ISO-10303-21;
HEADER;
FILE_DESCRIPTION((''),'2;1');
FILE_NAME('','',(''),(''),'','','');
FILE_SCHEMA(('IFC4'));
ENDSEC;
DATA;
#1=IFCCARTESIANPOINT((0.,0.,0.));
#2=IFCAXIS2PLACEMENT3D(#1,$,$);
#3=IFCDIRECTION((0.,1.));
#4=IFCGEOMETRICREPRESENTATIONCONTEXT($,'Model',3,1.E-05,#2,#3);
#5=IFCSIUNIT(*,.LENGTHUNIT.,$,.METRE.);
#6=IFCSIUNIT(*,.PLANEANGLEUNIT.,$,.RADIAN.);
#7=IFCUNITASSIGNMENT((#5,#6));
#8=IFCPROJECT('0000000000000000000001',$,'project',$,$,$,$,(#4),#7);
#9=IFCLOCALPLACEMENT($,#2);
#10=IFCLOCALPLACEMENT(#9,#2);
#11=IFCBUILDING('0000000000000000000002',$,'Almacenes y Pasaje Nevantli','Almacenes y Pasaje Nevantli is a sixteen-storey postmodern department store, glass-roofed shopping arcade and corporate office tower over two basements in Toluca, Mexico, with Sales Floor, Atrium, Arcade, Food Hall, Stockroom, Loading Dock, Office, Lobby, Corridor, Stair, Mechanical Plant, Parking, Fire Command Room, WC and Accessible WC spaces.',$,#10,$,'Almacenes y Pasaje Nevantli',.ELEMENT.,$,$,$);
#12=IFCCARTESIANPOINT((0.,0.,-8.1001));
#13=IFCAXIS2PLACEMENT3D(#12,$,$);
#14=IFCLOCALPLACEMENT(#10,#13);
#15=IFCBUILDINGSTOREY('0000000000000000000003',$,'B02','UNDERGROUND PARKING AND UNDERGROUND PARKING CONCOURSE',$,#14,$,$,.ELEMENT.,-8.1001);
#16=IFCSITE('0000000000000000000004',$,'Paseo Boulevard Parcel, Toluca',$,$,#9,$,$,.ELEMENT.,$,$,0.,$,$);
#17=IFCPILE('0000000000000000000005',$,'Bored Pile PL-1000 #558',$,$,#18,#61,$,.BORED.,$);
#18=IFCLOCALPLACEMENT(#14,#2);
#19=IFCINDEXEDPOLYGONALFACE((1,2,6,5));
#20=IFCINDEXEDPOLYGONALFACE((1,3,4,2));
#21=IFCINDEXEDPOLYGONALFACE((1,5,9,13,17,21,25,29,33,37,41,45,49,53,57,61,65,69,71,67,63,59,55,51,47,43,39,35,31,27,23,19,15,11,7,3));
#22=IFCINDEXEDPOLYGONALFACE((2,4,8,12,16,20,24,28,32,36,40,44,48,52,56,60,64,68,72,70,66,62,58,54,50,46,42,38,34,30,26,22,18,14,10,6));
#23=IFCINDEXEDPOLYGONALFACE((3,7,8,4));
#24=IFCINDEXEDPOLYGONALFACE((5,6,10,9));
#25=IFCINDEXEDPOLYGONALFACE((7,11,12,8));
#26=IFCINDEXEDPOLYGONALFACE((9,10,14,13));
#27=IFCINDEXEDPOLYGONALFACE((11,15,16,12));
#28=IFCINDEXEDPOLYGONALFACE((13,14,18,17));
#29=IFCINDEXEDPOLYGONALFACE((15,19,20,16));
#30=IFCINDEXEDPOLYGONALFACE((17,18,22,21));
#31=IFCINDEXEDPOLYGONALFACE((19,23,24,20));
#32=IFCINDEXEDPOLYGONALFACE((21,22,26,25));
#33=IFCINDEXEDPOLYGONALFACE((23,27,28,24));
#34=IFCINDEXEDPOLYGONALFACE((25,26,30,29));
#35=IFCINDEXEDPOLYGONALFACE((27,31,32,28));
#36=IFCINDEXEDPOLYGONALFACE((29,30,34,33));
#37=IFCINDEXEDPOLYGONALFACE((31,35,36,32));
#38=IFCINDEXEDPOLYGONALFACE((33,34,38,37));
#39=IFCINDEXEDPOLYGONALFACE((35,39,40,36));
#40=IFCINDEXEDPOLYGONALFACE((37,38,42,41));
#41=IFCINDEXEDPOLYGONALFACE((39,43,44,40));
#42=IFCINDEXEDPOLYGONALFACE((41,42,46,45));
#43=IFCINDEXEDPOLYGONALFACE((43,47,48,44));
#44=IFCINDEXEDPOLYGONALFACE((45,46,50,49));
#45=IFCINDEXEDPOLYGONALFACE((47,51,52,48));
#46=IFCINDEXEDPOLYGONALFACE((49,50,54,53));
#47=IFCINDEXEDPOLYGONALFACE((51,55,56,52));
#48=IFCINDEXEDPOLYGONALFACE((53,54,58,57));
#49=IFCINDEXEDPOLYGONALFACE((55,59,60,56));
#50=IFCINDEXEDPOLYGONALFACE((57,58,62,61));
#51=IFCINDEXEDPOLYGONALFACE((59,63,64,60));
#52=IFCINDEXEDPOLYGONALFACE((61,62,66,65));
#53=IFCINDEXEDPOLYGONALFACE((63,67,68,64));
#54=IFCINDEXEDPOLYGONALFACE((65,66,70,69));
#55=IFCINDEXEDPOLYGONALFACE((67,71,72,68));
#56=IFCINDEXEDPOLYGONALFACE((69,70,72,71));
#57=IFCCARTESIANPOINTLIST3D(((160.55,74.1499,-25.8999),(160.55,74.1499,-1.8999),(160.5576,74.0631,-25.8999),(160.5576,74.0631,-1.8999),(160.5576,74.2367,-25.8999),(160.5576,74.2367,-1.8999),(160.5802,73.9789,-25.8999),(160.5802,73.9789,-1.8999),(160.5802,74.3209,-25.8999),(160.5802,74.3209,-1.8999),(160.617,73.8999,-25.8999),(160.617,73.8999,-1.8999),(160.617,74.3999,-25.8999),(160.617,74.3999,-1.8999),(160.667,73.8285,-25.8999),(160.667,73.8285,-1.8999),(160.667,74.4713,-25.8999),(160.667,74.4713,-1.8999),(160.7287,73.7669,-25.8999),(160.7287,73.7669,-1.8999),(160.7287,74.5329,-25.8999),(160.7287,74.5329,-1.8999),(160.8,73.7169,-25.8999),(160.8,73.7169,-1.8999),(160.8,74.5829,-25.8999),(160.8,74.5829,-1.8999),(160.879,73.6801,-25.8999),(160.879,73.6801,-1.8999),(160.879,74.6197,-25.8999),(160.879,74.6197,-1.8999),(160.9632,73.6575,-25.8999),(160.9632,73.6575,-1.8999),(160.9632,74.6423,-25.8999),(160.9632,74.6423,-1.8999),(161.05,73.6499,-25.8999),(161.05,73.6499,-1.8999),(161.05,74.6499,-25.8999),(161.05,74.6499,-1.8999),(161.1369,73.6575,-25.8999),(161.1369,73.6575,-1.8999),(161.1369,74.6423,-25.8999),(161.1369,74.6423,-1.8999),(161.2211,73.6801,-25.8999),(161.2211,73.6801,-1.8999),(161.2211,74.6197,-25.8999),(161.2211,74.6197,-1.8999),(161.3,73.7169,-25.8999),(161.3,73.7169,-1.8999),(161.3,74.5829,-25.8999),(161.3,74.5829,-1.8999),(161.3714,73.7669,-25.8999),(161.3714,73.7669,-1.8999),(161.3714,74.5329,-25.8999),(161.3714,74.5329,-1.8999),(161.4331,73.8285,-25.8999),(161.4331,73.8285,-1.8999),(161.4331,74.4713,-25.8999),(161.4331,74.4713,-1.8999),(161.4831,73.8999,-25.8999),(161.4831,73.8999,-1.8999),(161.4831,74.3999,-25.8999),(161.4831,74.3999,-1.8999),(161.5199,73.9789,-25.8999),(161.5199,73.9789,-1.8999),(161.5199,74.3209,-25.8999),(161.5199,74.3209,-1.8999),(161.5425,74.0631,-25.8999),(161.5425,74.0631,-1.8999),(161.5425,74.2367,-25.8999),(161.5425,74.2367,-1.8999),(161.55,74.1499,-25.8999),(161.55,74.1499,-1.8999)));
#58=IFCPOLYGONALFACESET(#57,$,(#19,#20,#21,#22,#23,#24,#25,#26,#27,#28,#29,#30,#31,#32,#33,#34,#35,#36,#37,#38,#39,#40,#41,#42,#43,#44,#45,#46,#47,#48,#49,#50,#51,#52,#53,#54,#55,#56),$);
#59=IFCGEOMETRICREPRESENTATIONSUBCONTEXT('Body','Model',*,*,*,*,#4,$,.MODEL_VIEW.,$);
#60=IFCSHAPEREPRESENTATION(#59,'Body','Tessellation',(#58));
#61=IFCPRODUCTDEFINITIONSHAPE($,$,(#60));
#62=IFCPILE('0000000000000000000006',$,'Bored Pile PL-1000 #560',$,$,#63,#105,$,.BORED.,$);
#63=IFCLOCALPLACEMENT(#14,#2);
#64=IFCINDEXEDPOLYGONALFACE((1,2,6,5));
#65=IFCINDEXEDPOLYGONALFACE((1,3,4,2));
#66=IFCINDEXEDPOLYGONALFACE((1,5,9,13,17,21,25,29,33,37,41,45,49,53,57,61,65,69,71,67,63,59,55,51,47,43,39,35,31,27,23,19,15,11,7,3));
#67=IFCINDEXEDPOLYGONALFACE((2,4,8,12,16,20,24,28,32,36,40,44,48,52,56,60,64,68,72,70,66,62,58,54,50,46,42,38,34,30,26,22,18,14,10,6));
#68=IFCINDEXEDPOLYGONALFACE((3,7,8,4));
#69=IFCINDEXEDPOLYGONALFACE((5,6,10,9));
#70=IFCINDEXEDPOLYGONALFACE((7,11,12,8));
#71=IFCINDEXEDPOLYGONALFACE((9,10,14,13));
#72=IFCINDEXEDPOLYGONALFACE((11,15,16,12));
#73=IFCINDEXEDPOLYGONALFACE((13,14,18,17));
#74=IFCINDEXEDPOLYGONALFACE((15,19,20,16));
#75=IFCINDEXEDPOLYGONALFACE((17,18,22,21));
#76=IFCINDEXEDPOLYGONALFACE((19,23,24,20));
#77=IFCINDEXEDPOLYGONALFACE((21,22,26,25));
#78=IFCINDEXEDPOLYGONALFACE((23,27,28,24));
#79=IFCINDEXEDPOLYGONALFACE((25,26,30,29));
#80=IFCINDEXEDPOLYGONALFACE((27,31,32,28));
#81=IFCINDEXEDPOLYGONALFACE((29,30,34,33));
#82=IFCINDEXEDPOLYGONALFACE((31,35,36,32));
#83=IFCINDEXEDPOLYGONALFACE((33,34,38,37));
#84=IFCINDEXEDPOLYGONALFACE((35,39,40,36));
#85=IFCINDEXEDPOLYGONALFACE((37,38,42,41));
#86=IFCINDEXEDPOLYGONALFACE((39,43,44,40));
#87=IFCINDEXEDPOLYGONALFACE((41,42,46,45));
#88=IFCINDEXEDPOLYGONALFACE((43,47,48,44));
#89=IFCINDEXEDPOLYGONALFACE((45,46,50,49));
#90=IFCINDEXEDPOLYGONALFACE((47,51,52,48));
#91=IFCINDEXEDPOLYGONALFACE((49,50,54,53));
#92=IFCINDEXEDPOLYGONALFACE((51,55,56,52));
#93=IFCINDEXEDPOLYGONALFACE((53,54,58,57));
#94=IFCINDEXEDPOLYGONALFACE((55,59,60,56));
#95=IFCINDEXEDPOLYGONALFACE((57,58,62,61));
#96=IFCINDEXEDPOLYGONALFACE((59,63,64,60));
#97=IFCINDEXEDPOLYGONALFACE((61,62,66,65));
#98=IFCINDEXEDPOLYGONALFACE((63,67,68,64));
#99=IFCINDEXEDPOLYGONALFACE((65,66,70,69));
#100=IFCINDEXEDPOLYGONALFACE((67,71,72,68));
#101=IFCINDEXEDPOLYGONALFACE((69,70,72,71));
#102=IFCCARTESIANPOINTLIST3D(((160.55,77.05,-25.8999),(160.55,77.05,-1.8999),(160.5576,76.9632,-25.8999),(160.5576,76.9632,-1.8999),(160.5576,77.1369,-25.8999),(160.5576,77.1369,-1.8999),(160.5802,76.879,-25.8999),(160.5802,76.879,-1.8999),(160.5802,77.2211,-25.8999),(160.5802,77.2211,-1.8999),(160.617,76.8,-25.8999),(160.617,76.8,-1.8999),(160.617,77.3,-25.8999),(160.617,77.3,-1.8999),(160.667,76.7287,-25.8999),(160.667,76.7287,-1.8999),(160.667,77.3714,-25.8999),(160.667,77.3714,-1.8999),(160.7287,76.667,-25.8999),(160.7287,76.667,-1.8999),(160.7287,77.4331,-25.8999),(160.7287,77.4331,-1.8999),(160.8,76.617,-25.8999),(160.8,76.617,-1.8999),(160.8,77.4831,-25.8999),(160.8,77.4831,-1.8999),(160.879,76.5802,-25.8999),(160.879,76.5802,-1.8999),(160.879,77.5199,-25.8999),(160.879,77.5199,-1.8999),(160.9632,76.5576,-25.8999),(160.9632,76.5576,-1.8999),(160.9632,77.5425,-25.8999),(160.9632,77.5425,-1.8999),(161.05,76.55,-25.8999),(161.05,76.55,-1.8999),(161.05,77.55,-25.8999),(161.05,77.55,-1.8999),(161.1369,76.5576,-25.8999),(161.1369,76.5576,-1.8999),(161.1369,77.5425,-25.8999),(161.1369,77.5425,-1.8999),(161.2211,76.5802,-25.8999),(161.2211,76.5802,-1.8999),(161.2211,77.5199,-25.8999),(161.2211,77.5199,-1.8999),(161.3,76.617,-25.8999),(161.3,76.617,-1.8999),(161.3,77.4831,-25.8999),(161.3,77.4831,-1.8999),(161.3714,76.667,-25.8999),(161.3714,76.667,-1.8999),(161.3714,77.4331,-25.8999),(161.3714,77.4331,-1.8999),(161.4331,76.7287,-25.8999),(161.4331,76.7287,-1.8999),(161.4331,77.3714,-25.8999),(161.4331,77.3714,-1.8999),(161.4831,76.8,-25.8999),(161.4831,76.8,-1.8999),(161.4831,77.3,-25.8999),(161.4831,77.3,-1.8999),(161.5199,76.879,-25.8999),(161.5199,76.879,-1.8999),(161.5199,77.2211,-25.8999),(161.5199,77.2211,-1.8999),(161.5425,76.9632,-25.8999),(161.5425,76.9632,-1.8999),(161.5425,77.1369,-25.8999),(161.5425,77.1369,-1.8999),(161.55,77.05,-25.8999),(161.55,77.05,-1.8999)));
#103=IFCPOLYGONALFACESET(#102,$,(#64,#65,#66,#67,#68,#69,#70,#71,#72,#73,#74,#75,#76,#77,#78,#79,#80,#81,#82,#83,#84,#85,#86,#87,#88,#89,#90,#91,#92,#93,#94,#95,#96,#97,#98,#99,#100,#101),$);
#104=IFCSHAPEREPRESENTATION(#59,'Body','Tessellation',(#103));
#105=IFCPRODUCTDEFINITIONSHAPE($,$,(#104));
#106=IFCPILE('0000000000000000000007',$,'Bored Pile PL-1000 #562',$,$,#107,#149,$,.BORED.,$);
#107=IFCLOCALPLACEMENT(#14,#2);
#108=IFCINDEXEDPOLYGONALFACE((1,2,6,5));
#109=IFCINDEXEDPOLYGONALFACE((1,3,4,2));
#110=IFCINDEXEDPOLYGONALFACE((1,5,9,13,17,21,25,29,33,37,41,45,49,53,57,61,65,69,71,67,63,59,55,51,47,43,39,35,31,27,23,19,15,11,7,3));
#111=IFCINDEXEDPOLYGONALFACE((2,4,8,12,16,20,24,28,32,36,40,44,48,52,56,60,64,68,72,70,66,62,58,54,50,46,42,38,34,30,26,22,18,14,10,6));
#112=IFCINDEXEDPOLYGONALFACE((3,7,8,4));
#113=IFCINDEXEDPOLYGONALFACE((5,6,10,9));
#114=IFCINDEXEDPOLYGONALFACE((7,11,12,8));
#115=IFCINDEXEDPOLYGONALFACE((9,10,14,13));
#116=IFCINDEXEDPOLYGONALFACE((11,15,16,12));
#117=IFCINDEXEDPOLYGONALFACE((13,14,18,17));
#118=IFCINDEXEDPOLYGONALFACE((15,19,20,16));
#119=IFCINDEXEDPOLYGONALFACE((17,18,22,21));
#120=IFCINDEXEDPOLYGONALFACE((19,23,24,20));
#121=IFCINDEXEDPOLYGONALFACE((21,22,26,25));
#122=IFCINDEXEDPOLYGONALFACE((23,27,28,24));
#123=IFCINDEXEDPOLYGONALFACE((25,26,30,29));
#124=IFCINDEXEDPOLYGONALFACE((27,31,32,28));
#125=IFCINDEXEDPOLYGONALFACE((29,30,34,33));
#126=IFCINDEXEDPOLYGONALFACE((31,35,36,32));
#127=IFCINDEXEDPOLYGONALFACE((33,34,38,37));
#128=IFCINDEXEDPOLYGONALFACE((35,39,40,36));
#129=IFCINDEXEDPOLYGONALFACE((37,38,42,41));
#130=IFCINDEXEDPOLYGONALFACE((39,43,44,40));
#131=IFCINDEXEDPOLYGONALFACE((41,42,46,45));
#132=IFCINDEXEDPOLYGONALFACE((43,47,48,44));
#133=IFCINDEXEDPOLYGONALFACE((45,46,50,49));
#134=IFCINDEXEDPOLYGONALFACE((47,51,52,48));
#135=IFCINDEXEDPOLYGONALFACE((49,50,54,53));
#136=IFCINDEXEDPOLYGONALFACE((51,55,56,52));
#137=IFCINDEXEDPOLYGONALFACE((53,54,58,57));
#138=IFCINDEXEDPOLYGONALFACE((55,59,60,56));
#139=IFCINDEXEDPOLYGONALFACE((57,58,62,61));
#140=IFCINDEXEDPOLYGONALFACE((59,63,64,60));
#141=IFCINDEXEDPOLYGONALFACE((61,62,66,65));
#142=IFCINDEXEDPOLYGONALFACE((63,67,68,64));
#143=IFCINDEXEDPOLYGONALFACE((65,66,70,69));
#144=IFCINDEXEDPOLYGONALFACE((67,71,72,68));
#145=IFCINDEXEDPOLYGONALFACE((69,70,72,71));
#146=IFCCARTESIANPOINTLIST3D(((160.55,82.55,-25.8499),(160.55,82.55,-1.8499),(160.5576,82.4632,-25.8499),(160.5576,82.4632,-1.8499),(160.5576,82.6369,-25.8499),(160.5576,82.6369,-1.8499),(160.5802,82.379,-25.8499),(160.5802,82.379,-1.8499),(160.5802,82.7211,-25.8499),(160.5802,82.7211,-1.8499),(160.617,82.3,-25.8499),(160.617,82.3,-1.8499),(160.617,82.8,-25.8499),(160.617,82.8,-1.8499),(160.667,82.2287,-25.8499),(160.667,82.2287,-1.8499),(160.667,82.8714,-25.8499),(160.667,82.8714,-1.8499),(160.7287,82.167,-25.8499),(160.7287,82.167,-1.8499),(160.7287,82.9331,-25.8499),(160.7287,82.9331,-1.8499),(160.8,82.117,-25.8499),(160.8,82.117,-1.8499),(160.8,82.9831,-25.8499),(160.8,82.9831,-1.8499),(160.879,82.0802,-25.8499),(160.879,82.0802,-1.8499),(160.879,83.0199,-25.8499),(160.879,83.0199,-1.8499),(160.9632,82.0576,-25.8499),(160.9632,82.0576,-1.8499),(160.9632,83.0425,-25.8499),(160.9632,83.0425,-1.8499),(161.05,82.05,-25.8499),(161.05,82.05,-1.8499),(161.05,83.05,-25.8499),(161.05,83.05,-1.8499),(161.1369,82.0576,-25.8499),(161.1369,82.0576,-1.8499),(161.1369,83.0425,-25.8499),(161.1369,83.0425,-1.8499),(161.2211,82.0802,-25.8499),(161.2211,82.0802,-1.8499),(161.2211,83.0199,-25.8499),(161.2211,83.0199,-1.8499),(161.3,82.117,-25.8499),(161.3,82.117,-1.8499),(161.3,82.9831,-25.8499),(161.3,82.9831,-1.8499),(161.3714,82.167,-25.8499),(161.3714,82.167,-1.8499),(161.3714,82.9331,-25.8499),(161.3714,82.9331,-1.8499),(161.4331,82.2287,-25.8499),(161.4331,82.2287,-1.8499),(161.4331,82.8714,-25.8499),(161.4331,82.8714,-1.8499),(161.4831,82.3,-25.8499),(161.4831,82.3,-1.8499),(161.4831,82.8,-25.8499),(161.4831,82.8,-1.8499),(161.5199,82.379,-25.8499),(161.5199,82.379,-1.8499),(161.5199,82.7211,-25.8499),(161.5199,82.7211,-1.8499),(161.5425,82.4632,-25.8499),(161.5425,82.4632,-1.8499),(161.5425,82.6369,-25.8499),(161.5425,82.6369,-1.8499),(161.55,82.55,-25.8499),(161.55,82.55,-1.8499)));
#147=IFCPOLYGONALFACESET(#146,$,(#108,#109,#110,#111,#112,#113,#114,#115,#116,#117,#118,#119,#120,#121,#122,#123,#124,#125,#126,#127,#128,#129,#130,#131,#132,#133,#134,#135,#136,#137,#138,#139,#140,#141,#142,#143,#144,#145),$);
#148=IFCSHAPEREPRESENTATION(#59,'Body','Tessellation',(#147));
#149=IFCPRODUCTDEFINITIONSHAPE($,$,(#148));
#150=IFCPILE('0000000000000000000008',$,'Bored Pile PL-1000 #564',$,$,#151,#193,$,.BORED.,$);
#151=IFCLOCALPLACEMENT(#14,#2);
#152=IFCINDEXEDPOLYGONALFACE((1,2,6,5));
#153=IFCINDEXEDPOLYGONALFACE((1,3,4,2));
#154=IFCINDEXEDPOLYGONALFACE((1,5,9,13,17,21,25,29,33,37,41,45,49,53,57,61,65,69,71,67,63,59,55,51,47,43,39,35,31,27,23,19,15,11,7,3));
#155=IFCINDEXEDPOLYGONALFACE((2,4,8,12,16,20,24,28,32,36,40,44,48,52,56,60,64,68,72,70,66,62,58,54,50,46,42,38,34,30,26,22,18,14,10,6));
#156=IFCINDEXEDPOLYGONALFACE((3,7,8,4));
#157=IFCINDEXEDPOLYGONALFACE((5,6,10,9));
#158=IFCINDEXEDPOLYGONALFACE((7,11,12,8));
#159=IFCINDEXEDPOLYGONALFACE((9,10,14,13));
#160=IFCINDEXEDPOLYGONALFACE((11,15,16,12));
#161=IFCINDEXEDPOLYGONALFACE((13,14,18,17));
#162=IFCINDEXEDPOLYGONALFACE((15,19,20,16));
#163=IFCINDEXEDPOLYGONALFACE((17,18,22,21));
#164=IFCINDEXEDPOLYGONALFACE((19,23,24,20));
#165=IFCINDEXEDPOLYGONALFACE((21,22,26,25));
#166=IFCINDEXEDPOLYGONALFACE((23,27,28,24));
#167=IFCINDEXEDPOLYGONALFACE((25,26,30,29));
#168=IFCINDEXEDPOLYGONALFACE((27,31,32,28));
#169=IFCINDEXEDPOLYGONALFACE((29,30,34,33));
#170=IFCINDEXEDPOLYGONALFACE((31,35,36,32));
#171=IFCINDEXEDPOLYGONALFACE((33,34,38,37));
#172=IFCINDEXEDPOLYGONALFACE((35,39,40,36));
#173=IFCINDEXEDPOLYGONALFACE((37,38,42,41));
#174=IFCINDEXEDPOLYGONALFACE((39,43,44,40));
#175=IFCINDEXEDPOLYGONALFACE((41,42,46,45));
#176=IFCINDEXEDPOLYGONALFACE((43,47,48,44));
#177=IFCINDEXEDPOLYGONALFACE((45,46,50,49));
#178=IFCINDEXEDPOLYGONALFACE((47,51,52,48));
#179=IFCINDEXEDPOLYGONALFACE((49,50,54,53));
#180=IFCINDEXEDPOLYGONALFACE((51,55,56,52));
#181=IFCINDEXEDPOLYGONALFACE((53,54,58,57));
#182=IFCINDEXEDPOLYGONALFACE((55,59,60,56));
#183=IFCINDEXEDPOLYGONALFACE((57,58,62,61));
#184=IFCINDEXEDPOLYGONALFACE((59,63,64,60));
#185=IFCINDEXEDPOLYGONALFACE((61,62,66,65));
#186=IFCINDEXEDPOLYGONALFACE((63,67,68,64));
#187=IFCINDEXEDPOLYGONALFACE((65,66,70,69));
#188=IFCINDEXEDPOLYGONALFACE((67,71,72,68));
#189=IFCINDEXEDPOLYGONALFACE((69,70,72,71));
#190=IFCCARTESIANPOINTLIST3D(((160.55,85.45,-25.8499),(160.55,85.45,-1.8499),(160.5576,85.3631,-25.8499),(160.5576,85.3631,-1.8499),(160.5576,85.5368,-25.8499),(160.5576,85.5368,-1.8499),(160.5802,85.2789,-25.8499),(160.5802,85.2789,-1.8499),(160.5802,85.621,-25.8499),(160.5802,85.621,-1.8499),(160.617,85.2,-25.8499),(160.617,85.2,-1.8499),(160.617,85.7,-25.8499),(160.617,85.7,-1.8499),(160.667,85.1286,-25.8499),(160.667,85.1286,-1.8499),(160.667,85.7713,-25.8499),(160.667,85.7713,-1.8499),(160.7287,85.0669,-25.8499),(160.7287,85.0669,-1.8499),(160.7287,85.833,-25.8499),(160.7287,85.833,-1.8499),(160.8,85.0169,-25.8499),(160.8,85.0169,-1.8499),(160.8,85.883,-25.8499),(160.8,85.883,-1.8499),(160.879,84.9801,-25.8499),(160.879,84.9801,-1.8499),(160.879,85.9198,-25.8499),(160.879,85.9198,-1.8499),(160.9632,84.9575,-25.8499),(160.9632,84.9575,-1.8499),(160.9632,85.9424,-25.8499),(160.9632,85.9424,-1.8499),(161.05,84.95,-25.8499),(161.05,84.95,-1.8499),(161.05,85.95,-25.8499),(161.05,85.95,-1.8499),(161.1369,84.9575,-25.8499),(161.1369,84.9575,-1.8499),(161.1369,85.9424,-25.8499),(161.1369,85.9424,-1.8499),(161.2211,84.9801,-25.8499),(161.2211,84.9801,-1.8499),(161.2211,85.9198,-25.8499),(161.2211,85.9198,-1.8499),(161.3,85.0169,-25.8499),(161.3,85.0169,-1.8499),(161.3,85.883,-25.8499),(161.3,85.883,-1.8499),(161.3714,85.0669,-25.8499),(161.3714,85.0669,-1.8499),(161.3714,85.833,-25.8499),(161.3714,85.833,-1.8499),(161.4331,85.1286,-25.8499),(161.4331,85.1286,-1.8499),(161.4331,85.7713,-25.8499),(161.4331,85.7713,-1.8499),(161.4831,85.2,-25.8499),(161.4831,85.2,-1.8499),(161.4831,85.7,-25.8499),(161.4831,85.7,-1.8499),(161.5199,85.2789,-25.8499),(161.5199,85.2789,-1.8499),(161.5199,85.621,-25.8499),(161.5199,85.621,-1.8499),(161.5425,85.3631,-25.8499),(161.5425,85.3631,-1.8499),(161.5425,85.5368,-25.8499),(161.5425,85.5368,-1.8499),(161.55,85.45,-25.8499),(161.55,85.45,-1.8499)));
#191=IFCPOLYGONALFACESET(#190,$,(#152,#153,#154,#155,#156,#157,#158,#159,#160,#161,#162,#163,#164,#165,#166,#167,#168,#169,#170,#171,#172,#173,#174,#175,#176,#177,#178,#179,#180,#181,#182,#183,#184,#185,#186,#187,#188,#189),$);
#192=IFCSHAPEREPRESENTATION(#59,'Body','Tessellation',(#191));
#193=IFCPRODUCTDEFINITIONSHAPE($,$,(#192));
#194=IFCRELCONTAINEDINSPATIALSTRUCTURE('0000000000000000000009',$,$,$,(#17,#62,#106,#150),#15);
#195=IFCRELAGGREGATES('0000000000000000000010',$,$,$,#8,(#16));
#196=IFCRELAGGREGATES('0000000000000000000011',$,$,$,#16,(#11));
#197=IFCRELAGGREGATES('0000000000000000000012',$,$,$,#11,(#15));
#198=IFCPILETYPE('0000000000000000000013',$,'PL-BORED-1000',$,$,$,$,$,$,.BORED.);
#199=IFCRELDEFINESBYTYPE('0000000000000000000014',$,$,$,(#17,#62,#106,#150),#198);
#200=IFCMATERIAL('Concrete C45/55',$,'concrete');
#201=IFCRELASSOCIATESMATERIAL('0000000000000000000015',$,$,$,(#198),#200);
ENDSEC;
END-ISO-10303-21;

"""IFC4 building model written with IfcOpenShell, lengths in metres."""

from ifc_helpers import new_model, si_unit, direction, frame, origin, origin_2d, place, context, subcontext, project, spatial, circle, extrude, material, material_profile, profile_set, type_object, element, save


model = new_model("IFC4")

# Units and contexts
model_context = context("Model", 3, precision=1e-05, world=origin(), true_north=direction((0.0, 1.0)))
body_context = subcontext(model_context, "Body", "Model", "MODEL_VIEW")
ifc_project = project(units=[si_unit("LENGTHUNIT", "METRE"), si_unit("PLANEANGLEUNIT", "RADIAN")], contexts=[model_context])

# Site, building, storey
site_placement = place(None, origin())
site = spatial("IfcSite", under=ifc_project, at=site_placement, Name="Paseo Boulevard Parcel, Toluca", CompositionType="ELEMENT", RefElevation=0.0)
building_placement = place(site_placement, origin())
building = spatial("IfcBuilding", under=site, at=building_placement, Name="Almacenes y Pasaje Nevantli", Description="Almacenes y Pasaje Nevantli is a sixteen-storey postmodern department store, glass-roofed shopping arcade and corporate office tower over two basements in Toluca, Mexico, with Sales Floor, Atrium, Arcade, Food Hall, Stockroom, Loading Dock, Office, Lobby, Corridor, Stair, Mechanical Plant, Parking, Fire Command Room, WC and Accessible WC spaces.", LongName="Almacenes y Pasaje Nevantli", CompositionType="ELEMENT")
storey_placement = place(building_placement, frame((0.0, 0.0, -8.1001)))
storey = spatial("IfcBuildingStorey", under=building, at=storey_placement, Name="B02", Description="UNDERGROUND PARKING AND UNDERGROUND PARKING CONCOURSE", CompositionType="ELEMENT", Elevation=-8.1001)

# Piles
ifc_material_1 = material(Name="Concrete C45/55", Category="concrete")
ifc_material_profile_1 = material_profile(ifc_material_1, circle(Radius=0.5, at=origin_2d()), Name="RC-PILE-D1000")
ifc_profile_set_1 = profile_set([ifc_material_profile_1], Name="Concrete C45/55")
pile_type_1 = type_object("IfcPileType", Name="PL-BORED-1000", PredefinedType="BORED", material=ifc_profile_set_1)
for number, where, z_axis, x_axis, name in (
    (1, (161.05, 74.1499, -1.8999), (0.0, 0.0, -1.0), (1.0, 0.0, 0.0), "Bored Pile PL-1000 #558"),
    (2, (161.05, 77.05, -1.8999), (0.0, 0.0, -1.0), (1.0, 0.0, 0.0), "Bored Pile PL-1000 #560"),
    (3, (161.05, 82.55, -1.8499), (0.0, 0.0, -1.0), (1.0, 0.0, 0.0), "Bored Pile PL-1000 #562"),
    (4, (161.05, 85.45, -1.8499), (0.0, 0.0, -1.0), (1.0, 0.0, 0.0), "Bored Pile PL-1000 #564"),
):
    element("IfcPile", number, at=place(storey_placement, frame(where, z_axis=z_axis, x_axis=x_axis)), inside=storey, type_object=pile_type_1, Name=name, PredefinedType="BORED", context=body_context, shape_type="SweptSolid", body=[
        extrude(circle(Radius=0.5, at=origin_2d()), origin(), (0.0, 0.0, 1.0), 24.0),
    ])

save(model, "model.ifc")
